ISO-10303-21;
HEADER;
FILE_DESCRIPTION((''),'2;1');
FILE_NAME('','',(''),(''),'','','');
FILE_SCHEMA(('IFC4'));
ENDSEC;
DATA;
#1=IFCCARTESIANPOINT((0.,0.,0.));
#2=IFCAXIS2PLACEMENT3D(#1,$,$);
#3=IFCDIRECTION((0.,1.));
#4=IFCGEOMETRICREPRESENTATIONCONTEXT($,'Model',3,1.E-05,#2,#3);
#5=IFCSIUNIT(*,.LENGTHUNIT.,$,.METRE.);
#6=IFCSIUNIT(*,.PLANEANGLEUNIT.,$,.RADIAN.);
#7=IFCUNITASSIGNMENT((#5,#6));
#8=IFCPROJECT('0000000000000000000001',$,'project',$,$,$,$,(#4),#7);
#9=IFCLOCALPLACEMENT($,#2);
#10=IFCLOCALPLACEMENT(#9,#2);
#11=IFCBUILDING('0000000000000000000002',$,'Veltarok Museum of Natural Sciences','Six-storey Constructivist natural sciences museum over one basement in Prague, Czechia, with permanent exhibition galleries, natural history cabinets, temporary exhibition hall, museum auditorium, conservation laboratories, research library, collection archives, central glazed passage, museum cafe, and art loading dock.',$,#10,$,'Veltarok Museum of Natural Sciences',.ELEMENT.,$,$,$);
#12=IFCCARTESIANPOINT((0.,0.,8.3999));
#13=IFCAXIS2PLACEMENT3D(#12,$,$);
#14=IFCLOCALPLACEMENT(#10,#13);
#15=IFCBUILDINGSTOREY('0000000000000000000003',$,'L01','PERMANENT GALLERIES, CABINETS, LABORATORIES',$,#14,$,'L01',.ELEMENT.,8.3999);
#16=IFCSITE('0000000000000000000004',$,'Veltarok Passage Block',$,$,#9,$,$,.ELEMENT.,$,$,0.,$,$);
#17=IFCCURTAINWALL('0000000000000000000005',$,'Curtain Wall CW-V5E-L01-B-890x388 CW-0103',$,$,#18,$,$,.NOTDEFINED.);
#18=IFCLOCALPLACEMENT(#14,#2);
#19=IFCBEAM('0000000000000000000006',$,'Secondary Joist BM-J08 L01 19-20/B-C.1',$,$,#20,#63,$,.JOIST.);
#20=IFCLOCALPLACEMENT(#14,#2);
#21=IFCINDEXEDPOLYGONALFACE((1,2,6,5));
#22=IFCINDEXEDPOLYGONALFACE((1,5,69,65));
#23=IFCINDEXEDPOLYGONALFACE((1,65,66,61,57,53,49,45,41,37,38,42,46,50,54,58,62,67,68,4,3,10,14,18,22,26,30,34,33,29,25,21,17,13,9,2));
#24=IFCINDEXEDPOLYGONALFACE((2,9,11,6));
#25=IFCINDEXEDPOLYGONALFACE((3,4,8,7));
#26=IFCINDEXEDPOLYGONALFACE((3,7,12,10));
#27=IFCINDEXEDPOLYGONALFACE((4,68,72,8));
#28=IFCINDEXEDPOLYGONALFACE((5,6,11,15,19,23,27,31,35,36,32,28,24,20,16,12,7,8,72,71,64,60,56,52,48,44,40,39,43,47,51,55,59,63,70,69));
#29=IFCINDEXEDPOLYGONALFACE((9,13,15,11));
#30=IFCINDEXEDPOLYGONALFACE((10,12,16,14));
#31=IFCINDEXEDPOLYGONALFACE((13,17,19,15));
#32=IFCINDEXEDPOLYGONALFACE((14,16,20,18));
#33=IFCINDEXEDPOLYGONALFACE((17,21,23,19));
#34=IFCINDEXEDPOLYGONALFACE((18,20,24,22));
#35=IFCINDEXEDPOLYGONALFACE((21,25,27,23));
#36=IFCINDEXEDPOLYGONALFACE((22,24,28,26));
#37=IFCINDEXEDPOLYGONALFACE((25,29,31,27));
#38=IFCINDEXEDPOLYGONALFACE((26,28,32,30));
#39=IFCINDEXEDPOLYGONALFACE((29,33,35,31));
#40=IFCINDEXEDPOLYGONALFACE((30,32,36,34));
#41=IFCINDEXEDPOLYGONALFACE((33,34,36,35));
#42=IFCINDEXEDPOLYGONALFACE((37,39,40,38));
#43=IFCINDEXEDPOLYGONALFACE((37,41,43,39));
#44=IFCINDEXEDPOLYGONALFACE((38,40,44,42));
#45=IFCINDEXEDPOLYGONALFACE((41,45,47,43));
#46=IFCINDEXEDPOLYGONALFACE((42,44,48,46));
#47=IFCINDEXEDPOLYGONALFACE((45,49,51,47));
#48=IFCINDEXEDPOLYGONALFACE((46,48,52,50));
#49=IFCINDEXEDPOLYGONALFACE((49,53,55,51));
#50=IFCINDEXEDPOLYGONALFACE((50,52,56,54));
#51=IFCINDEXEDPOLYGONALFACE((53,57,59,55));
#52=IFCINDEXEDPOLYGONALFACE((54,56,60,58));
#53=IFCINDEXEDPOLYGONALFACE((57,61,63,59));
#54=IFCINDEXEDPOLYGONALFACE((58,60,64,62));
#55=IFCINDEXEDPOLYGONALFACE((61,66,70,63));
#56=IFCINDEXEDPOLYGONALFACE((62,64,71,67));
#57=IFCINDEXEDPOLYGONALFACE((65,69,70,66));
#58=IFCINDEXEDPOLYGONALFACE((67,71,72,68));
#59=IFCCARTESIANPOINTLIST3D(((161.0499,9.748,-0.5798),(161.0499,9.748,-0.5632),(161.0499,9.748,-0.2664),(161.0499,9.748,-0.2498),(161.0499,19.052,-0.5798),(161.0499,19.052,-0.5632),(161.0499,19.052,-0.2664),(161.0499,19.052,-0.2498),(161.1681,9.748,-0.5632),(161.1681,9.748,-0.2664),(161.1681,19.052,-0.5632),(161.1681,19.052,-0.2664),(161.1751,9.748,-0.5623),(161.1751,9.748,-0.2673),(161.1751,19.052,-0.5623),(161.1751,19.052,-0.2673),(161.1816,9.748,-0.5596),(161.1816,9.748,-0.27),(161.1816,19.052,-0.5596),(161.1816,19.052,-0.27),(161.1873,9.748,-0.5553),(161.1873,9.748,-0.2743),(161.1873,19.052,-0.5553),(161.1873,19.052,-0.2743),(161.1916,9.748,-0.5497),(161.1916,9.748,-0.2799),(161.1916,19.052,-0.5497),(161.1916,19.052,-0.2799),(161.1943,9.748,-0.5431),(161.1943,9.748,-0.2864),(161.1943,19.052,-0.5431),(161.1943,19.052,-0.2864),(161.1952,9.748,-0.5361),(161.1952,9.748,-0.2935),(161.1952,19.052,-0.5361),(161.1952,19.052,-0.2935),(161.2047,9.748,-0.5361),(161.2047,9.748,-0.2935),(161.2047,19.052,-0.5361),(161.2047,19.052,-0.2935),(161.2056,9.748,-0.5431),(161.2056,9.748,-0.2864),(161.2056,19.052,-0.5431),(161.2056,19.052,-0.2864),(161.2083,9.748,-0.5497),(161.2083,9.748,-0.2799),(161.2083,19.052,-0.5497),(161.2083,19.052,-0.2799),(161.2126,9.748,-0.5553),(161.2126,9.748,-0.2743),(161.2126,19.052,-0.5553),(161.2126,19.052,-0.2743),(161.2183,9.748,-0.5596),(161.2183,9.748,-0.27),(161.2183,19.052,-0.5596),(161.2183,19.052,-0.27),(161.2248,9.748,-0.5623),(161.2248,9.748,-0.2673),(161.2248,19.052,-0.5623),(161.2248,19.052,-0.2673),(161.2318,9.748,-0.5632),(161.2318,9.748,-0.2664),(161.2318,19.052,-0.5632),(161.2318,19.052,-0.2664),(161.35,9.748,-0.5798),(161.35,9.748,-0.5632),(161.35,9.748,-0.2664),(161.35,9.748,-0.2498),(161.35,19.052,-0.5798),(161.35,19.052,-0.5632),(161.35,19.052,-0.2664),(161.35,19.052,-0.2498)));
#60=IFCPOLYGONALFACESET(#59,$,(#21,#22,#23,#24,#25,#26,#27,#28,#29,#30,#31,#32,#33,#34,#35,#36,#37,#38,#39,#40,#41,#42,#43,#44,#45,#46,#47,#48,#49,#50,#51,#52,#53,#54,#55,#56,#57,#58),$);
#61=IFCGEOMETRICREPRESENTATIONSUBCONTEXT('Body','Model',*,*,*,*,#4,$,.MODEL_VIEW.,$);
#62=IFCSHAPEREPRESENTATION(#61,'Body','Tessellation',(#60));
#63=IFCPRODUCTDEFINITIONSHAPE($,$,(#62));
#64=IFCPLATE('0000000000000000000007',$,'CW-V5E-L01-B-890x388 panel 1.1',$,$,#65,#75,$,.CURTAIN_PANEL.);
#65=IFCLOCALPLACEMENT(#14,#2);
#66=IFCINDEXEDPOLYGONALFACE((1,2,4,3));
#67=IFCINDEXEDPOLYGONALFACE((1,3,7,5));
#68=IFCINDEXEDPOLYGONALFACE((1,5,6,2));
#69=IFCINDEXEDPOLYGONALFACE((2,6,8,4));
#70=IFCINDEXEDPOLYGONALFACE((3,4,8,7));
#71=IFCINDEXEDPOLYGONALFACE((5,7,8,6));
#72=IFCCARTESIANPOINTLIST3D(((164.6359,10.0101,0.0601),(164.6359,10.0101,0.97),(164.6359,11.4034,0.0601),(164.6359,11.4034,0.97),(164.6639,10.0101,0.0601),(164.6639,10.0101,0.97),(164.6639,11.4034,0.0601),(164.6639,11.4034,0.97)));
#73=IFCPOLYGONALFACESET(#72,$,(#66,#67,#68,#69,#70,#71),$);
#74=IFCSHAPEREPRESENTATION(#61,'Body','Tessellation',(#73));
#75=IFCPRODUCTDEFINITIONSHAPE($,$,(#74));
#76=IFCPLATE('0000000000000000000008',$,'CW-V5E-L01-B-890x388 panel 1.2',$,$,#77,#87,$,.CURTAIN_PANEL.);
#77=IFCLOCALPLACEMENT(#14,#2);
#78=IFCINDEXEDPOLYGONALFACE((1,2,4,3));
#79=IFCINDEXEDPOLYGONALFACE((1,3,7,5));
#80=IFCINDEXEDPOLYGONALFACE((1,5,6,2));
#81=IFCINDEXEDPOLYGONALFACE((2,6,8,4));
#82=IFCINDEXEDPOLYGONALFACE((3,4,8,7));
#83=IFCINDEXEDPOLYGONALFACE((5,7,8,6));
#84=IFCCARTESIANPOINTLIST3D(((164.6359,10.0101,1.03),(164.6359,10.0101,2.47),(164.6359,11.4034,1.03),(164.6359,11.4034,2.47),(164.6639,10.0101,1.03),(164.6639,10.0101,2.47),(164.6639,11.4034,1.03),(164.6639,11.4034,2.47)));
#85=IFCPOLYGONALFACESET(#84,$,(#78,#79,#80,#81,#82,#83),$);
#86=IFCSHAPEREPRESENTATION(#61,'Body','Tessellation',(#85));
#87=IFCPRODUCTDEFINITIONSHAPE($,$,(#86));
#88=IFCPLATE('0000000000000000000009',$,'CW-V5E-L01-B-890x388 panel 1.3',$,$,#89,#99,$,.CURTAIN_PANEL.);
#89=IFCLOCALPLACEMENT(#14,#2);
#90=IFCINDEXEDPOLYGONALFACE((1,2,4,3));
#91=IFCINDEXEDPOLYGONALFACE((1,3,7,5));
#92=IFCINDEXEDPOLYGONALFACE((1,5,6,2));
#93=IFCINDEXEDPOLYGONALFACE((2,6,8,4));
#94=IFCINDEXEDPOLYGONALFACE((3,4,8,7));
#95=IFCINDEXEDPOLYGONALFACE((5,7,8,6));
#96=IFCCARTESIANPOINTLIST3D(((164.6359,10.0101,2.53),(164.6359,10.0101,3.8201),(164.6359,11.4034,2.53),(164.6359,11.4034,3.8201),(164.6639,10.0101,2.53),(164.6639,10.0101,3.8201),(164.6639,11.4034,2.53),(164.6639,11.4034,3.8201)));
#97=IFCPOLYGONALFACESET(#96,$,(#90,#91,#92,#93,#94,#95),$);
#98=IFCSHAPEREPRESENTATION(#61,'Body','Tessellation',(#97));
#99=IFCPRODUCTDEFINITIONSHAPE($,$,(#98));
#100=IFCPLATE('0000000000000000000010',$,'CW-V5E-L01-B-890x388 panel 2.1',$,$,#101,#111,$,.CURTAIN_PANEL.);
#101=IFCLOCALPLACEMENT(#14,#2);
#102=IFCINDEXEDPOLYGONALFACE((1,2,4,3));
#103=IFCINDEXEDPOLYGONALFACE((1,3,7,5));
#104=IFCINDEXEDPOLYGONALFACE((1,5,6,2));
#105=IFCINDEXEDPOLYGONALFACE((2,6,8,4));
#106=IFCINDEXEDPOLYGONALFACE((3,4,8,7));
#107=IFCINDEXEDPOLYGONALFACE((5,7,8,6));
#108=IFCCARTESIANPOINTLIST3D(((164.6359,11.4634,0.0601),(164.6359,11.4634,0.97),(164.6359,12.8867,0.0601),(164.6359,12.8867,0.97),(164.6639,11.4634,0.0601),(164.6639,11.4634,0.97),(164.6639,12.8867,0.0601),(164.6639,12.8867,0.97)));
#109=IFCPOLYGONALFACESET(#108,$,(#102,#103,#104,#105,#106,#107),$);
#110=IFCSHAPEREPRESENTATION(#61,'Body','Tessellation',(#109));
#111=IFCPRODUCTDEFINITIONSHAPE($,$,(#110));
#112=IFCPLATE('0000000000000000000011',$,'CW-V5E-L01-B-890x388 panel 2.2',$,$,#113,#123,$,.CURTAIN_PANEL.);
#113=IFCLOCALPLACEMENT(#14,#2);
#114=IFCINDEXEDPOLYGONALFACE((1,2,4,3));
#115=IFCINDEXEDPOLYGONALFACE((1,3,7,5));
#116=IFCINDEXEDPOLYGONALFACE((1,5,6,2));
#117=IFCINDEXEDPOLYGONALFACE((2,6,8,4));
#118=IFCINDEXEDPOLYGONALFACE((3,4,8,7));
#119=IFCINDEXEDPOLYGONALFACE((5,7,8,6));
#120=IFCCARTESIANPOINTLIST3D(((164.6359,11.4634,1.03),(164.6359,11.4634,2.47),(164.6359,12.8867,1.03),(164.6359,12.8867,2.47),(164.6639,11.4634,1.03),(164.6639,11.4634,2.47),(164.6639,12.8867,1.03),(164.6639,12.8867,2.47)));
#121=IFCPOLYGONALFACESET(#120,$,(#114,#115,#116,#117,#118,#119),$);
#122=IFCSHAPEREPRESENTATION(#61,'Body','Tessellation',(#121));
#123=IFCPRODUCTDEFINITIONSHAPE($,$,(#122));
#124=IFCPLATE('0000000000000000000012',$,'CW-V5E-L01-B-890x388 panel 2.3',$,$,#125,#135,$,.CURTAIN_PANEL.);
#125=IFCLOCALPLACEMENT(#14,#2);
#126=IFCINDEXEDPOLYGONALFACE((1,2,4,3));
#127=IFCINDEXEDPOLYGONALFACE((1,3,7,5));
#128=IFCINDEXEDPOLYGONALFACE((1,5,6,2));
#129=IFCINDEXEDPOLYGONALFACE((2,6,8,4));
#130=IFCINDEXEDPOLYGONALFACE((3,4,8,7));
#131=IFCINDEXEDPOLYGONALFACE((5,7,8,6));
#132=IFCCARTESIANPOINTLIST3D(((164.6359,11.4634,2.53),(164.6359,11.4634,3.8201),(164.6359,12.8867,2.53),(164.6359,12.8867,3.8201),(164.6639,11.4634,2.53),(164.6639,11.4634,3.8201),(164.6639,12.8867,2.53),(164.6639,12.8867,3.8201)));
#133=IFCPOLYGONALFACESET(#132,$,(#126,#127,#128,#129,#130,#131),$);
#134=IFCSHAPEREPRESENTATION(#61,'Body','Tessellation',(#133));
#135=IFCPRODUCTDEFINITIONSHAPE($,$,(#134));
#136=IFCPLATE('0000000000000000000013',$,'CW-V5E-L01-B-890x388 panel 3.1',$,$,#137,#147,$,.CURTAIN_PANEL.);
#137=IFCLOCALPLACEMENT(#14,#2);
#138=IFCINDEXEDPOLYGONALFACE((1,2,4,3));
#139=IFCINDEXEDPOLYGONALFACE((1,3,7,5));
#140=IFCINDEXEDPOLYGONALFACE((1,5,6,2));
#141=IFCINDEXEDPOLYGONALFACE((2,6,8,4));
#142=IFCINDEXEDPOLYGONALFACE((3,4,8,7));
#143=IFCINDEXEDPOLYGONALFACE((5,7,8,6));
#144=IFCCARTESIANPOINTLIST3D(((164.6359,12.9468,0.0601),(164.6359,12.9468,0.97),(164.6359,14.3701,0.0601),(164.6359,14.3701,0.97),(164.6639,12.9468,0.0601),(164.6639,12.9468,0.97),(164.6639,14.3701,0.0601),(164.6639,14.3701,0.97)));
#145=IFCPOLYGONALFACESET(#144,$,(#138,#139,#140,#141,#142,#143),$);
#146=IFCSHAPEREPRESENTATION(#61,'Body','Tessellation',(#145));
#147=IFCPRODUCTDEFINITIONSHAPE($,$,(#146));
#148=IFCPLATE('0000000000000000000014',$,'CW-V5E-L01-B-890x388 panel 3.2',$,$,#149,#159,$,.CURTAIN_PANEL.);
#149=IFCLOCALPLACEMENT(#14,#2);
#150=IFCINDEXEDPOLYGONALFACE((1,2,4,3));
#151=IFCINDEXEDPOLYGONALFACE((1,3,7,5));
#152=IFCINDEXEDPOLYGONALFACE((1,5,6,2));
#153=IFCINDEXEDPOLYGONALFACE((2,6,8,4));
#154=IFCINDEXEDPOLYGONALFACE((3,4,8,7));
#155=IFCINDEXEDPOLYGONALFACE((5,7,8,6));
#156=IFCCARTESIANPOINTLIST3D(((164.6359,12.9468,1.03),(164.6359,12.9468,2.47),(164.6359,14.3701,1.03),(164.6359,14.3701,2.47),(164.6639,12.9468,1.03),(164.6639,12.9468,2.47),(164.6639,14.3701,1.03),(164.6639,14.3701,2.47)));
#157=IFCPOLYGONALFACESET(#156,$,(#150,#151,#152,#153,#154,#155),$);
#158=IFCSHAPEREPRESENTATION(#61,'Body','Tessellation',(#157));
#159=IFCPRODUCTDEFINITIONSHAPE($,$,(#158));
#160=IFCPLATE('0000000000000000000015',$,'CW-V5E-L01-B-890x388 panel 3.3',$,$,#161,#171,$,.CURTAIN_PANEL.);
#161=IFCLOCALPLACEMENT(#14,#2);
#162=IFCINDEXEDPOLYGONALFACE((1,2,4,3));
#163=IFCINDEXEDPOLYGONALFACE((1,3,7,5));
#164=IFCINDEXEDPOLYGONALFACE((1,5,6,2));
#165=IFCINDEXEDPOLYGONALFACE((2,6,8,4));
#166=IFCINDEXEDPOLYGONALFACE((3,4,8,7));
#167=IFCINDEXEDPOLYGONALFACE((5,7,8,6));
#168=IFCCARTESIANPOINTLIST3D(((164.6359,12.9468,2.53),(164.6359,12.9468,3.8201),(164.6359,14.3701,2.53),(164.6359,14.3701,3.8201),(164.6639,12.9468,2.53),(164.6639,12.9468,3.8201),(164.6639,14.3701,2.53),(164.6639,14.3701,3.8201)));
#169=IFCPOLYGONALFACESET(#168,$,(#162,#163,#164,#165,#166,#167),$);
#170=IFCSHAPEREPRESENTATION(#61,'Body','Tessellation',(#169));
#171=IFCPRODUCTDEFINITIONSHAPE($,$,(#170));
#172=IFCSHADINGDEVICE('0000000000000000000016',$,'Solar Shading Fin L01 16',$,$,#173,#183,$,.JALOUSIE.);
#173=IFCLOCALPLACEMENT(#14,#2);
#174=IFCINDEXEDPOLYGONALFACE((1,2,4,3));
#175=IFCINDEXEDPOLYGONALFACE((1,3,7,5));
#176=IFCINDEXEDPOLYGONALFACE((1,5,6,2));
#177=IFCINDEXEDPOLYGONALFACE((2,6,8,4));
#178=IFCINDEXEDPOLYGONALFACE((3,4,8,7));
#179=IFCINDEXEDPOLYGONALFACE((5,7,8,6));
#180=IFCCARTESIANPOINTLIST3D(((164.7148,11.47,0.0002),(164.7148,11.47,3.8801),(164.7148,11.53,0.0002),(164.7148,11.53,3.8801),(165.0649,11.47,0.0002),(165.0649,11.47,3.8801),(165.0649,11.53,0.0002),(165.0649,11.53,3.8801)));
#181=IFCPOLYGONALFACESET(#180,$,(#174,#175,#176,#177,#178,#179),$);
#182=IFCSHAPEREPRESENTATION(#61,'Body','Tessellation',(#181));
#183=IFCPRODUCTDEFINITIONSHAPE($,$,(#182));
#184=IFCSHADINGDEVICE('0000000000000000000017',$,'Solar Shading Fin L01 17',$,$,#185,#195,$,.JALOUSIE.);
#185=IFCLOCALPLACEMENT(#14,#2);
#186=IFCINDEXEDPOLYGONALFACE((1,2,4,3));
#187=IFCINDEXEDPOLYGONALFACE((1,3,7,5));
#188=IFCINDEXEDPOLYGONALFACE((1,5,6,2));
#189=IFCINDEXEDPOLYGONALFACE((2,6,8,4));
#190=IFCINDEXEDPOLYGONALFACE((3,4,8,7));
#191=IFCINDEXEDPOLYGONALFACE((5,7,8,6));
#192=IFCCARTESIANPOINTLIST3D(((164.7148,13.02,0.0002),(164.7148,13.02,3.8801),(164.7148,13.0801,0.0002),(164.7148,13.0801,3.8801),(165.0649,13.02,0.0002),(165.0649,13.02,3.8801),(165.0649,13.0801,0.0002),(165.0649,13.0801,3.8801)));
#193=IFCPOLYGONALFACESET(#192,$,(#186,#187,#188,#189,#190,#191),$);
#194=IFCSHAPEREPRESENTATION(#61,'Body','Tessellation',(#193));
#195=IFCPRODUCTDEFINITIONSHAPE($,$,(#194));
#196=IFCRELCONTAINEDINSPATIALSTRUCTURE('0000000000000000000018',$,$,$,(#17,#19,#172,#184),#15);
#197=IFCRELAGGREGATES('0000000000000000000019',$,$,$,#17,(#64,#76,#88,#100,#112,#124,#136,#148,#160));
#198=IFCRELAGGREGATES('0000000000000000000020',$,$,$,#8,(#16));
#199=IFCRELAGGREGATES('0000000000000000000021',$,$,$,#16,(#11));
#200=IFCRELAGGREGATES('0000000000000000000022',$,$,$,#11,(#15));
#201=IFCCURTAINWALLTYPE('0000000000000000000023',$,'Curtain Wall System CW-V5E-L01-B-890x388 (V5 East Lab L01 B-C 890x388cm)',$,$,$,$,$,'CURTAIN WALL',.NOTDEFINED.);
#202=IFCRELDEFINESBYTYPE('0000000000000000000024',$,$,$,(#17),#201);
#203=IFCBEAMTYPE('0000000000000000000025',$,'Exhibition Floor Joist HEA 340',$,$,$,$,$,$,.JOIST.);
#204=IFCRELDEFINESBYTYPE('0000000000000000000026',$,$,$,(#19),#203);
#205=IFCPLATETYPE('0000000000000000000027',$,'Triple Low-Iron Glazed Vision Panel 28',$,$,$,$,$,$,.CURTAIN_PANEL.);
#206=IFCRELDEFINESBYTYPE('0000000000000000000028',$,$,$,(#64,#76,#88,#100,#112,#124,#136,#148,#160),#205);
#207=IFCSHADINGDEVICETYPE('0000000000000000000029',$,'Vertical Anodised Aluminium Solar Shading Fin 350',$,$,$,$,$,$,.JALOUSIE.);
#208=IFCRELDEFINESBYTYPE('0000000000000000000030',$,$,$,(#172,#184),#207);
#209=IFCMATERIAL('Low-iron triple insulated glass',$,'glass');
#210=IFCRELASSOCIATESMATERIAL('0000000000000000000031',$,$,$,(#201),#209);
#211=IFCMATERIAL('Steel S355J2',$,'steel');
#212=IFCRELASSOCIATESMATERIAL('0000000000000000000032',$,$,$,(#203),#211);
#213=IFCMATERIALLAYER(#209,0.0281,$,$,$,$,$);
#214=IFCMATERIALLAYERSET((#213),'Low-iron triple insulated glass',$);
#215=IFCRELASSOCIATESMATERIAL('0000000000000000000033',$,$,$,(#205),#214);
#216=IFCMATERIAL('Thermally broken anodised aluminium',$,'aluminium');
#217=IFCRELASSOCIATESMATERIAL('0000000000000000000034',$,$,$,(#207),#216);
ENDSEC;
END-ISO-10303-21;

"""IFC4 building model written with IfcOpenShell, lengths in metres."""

from ifc_helpers import new_model, si_unit, direction, frame, origin, origin_2d, place, context, subcontext, project, spatial, rectangle, i_section, extrude, material, layer, layer_set, material_profile, profile_set, type_object, element, aggregate, save


model = new_model("IFC4")

# Units and contexts
model_context = context("Model", 3, precision=1e-05, world=origin(), true_north=direction((0.0, 1.0)))
body_context = subcontext(model_context, "Body", "Model", "MODEL_VIEW")
ifc_project = project(units=[si_unit("LENGTHUNIT", "METRE"), si_unit("PLANEANGLEUNIT", "RADIAN")], contexts=[model_context])

# Site, building, storey
site_placement = place(None, origin())
site = spatial("IfcSite", under=ifc_project, at=site_placement, Name="Veltarok Passage Block", CompositionType="ELEMENT", RefElevation=0.0)
building_placement = place(site_placement, origin())
building = spatial("IfcBuilding", under=site, at=building_placement, Name="Veltarok Museum of Natural Sciences", Description="Six-storey Constructivist natural sciences museum over one basement in Prague, Czechia, with permanent exhibition galleries, natural history cabinets, temporary exhibition hall, museum auditorium, conservation laboratories, research library, collection archives, central glazed passage, museum cafe, and art loading dock.", LongName="Veltarok Museum of Natural Sciences", CompositionType="ELEMENT")
storey_placement = place(building_placement, frame((0.0, 0.0, 8.3999)))
storey = spatial("IfcBuildingStorey", under=building, at=storey_placement, Name="L01", Description="PERMANENT GALLERIES, CABINETS, LABORATORIES", LongName="L01", CompositionType="ELEMENT", Elevation=8.3999)

# Curtain wall
ifc_material_1 = material(Name="Low-iron triple insulated glass", Category="glass")
curtain_wall_type = type_object("IfcCurtainWallType", Name="Curtain Wall System CW-V5E-L01-B-890x388 (V5 East Lab L01 B-C 890x388cm)", ElementType="CURTAIN WALL", PredefinedType="NOTDEFINED", material=ifc_material_1)
curtain_wall_placement = place(storey_placement, origin())
curtain_wall = element("IfcCurtainWall", 1, at=curtain_wall_placement, inside=storey, type_object=curtain_wall_type, Name="Curtain Wall CW-V5E-L01-B-890x388 CW-0103", PredefinedType="NOTDEFINED")
ifc_material_2 = material(Name="Thermally broken anodised aluminium", Category="aluminium")

# Beam
ifc_material_3 = material(Name="Steel S355J2", Category="steel")
ifc_material_profile_1 = material_profile(ifc_material_3, i_section(OverallWidth=0.3, OverallDepth=0.3301, WebThickness=0.0095, FlangeThickness=0.0166, FilletRadius=0.0271, at=origin_2d()), Name="HEA 340")
ifc_profile_set_1 = profile_set([ifc_material_profile_1], Name="Steel S355J2")
beam_type_1 = type_object("IfcBeamType", Name="Exhibition Floor Joist HEA 340", PredefinedType="JOIST", material=ifc_profile_set_1)
beam_1_placement = place(storey_placement, frame((161.2, 9.748, -0.4148), z_axis=(0.0, 1.0, 0.0), x_axis=(-1.0, 0.0, 0.0)))
element("IfcBeam", 2, at=beam_1_placement, inside=storey, type_object=beam_type_1, Name="Secondary Joist BM-J08 L01 19-20/B-C.1", PredefinedType="JOIST", context=body_context, shape_type="SweptSolid", body=[
    extrude(i_section(OverallWidth=0.3, OverallDepth=0.3301, WebThickness=0.0095, FlangeThickness=0.0166, FilletRadius=0.0271, at=origin_2d()), origin(), (0.0, 0.0, 1.0), 9.304),
])

# Plates
ifc_layer = layer(ifc_material_1, 0.0281)
ifc_layer_set = layer_set([ifc_layer], Name="Low-iron triple insulated glass")
plate_type = type_object("IfcPlateType", Name="Triple Low-Iron Glazed Vision Panel 28", PredefinedType="CURTAIN_PANEL", material=ifc_layer_set)
plate_1_placement = place(storey_placement, frame((164.6499, 10.7068, 0.0601), z_axis=(0.0, 0.0, 1.0), x_axis=(0.0, 1.0, 0.0)))
plate_1 = element("IfcPlate", 3, at=plate_1_placement, type_object=plate_type, Name="CW-V5E-L01-B-890x388 panel 1.1", PredefinedType="CURTAIN_PANEL", context=body_context, shape_type="SweptSolid", body=[
    extrude(rectangle(XDim=1.3933, YDim=0.0281, at=origin_2d()), origin(), (0.0, 0.0, 1.0), 0.9099),
])
plate_2_placement = place(storey_placement, frame((164.6499, 10.7068, 1.03), z_axis=(0.0, 0.0, 1.0), x_axis=(0.0, 1.0, 0.0)))
plate_2 = element("IfcPlate", 4, at=plate_2_placement, type_object=plate_type, Name="CW-V5E-L01-B-890x388 panel 1.2", PredefinedType="CURTAIN_PANEL", context=body_context, shape_type="SweptSolid", body=[
    extrude(rectangle(XDim=1.3933, YDim=0.0281, at=origin_2d()), origin(), (0.0, 0.0, 1.0), 1.4399),
])
plate_3_placement = place(storey_placement, frame((164.6499, 10.7068, 2.53), z_axis=(0.0, 0.0, 1.0), x_axis=(0.0, 1.0, 0.0)))
plate_3 = element("IfcPlate", 5, at=plate_3_placement, type_object=plate_type, Name="CW-V5E-L01-B-890x388 panel 1.3", PredefinedType="CURTAIN_PANEL", context=body_context, shape_type="SweptSolid", body=[
    extrude(rectangle(XDim=1.3933, YDim=0.0281, at=origin_2d()), origin(), (0.0, 0.0, 1.0), 1.29),
])
plate_4_placement = place(storey_placement, frame((164.6499, 12.175, 0.0601), z_axis=(0.0, 0.0, 1.0), x_axis=(0.0, 1.0, 0.0)))
plate_4 = element("IfcPlate", 6, at=plate_4_placement, type_object=plate_type, Name="CW-V5E-L01-B-890x388 panel 2.1", PredefinedType="CURTAIN_PANEL", context=body_context, shape_type="SweptSolid", body=[
    extrude(rectangle(XDim=1.4233, YDim=0.0281, at=origin_2d()), origin(), (0.0, 0.0, 1.0), 0.9099),
])
plate_5_placement = place(storey_placement, frame((164.6499, 12.175, 1.03), z_axis=(0.0, 0.0, 1.0), x_axis=(0.0, 1.0, 0.0)))
plate_5 = element("IfcPlate", 7, at=plate_5_placement, type_object=plate_type, Name="CW-V5E-L01-B-890x388 panel 2.2", PredefinedType="CURTAIN_PANEL", context=body_context, shape_type="SweptSolid", body=[
    extrude(rectangle(XDim=1.4233, YDim=0.0281, at=origin_2d()), origin(), (0.0, 0.0, 1.0), 1.4399),
])
plate_6_placement = place(storey_placement, frame((164.6499, 12.175, 2.53), z_axis=(0.0, 0.0, 1.0), x_axis=(0.0, 1.0, 0.0)))
plate_6 = element("IfcPlate", 8, at=plate_6_placement, type_object=plate_type, Name="CW-V5E-L01-B-890x388 panel 2.3", PredefinedType="CURTAIN_PANEL", context=body_context, shape_type="SweptSolid", body=[
    extrude(rectangle(XDim=1.4233, YDim=0.0281, at=origin_2d()), origin(), (0.0, 0.0, 1.0), 1.29),
])
plate_7_placement = place(storey_placement, frame((164.6499, 13.6584, 0.0601), z_axis=(0.0, 0.0, 1.0), x_axis=(0.0, 1.0, 0.0)))
plate_7 = element("IfcPlate", 9, at=plate_7_placement, type_object=plate_type, Name="CW-V5E-L01-B-890x388 panel 3.1", PredefinedType="CURTAIN_PANEL", context=body_context, shape_type="SweptSolid", body=[
    extrude(rectangle(XDim=1.4233, YDim=0.0281, at=origin_2d()), origin(), (0.0, 0.0, 1.0), 0.9099),
])
plate_8_placement = place(storey_placement, frame((164.6499, 13.6584, 1.03), z_axis=(0.0, 0.0, 1.0), x_axis=(0.0, 1.0, 0.0)))
plate_8 = element("IfcPlate", 10, at=plate_8_placement, type_object=plate_type, Name="CW-V5E-L01-B-890x388 panel 3.2", PredefinedType="CURTAIN_PANEL", context=body_context, shape_type="SweptSolid", body=[
    extrude(rectangle(XDim=1.4233, YDim=0.0281, at=origin_2d()), origin(), (0.0, 0.0, 1.0), 1.4399),
])
plate_9_placement = place(storey_placement, frame((164.6499, 13.6584, 2.53), z_axis=(0.0, 0.0, 1.0), x_axis=(0.0, 1.0, 0.0)))
plate_9 = element("IfcPlate", 11, at=plate_9_placement, type_object=plate_type, Name="CW-V5E-L01-B-890x388 panel 3.3", PredefinedType="CURTAIN_PANEL", context=body_context, shape_type="SweptSolid", body=[
    extrude(rectangle(XDim=1.4233, YDim=0.0281, at=origin_2d()), origin(), (0.0, 0.0, 1.0), 1.29),
])
aggregate(curtain_wall, [plate_1, plate_2, plate_3, plate_4, plate_5, plate_6, plate_7, plate_8, plate_9])

# Shading devices
shading_device_type = type_object("IfcShadingDeviceType", Name="Vertical Anodised Aluminium Solar Shading Fin 350", PredefinedType="JALOUSIE", material=ifc_material_2)
for number, where, z_axis, x_axis, name in (
    (12, (164.8899, 11.5, 0.0002), (0.0, 0.0, 1.0), (1.0, 0.0, 0.0), "Solar Shading Fin L01 16"),
    (13, (164.8899, 13.05, 0.0002), (0.0, 0.0, 1.0), (1.0, 0.0, 0.0), "Solar Shading Fin L01 17"),
):
    element("IfcShadingDevice", number, at=place(storey_placement, frame(where, z_axis=z_axis, x_axis=x_axis)), inside=storey, type_object=shading_device_type, Name=name, PredefinedType="JALOUSIE", context=body_context, shape_type="SweptSolid", body=[
        extrude(rectangle(XDim=0.3501, YDim=0.0601, at=origin_2d()), origin(), (0.0, 0.0, 1.0), 3.8799),
    ])

save(model, "model.ifc")
